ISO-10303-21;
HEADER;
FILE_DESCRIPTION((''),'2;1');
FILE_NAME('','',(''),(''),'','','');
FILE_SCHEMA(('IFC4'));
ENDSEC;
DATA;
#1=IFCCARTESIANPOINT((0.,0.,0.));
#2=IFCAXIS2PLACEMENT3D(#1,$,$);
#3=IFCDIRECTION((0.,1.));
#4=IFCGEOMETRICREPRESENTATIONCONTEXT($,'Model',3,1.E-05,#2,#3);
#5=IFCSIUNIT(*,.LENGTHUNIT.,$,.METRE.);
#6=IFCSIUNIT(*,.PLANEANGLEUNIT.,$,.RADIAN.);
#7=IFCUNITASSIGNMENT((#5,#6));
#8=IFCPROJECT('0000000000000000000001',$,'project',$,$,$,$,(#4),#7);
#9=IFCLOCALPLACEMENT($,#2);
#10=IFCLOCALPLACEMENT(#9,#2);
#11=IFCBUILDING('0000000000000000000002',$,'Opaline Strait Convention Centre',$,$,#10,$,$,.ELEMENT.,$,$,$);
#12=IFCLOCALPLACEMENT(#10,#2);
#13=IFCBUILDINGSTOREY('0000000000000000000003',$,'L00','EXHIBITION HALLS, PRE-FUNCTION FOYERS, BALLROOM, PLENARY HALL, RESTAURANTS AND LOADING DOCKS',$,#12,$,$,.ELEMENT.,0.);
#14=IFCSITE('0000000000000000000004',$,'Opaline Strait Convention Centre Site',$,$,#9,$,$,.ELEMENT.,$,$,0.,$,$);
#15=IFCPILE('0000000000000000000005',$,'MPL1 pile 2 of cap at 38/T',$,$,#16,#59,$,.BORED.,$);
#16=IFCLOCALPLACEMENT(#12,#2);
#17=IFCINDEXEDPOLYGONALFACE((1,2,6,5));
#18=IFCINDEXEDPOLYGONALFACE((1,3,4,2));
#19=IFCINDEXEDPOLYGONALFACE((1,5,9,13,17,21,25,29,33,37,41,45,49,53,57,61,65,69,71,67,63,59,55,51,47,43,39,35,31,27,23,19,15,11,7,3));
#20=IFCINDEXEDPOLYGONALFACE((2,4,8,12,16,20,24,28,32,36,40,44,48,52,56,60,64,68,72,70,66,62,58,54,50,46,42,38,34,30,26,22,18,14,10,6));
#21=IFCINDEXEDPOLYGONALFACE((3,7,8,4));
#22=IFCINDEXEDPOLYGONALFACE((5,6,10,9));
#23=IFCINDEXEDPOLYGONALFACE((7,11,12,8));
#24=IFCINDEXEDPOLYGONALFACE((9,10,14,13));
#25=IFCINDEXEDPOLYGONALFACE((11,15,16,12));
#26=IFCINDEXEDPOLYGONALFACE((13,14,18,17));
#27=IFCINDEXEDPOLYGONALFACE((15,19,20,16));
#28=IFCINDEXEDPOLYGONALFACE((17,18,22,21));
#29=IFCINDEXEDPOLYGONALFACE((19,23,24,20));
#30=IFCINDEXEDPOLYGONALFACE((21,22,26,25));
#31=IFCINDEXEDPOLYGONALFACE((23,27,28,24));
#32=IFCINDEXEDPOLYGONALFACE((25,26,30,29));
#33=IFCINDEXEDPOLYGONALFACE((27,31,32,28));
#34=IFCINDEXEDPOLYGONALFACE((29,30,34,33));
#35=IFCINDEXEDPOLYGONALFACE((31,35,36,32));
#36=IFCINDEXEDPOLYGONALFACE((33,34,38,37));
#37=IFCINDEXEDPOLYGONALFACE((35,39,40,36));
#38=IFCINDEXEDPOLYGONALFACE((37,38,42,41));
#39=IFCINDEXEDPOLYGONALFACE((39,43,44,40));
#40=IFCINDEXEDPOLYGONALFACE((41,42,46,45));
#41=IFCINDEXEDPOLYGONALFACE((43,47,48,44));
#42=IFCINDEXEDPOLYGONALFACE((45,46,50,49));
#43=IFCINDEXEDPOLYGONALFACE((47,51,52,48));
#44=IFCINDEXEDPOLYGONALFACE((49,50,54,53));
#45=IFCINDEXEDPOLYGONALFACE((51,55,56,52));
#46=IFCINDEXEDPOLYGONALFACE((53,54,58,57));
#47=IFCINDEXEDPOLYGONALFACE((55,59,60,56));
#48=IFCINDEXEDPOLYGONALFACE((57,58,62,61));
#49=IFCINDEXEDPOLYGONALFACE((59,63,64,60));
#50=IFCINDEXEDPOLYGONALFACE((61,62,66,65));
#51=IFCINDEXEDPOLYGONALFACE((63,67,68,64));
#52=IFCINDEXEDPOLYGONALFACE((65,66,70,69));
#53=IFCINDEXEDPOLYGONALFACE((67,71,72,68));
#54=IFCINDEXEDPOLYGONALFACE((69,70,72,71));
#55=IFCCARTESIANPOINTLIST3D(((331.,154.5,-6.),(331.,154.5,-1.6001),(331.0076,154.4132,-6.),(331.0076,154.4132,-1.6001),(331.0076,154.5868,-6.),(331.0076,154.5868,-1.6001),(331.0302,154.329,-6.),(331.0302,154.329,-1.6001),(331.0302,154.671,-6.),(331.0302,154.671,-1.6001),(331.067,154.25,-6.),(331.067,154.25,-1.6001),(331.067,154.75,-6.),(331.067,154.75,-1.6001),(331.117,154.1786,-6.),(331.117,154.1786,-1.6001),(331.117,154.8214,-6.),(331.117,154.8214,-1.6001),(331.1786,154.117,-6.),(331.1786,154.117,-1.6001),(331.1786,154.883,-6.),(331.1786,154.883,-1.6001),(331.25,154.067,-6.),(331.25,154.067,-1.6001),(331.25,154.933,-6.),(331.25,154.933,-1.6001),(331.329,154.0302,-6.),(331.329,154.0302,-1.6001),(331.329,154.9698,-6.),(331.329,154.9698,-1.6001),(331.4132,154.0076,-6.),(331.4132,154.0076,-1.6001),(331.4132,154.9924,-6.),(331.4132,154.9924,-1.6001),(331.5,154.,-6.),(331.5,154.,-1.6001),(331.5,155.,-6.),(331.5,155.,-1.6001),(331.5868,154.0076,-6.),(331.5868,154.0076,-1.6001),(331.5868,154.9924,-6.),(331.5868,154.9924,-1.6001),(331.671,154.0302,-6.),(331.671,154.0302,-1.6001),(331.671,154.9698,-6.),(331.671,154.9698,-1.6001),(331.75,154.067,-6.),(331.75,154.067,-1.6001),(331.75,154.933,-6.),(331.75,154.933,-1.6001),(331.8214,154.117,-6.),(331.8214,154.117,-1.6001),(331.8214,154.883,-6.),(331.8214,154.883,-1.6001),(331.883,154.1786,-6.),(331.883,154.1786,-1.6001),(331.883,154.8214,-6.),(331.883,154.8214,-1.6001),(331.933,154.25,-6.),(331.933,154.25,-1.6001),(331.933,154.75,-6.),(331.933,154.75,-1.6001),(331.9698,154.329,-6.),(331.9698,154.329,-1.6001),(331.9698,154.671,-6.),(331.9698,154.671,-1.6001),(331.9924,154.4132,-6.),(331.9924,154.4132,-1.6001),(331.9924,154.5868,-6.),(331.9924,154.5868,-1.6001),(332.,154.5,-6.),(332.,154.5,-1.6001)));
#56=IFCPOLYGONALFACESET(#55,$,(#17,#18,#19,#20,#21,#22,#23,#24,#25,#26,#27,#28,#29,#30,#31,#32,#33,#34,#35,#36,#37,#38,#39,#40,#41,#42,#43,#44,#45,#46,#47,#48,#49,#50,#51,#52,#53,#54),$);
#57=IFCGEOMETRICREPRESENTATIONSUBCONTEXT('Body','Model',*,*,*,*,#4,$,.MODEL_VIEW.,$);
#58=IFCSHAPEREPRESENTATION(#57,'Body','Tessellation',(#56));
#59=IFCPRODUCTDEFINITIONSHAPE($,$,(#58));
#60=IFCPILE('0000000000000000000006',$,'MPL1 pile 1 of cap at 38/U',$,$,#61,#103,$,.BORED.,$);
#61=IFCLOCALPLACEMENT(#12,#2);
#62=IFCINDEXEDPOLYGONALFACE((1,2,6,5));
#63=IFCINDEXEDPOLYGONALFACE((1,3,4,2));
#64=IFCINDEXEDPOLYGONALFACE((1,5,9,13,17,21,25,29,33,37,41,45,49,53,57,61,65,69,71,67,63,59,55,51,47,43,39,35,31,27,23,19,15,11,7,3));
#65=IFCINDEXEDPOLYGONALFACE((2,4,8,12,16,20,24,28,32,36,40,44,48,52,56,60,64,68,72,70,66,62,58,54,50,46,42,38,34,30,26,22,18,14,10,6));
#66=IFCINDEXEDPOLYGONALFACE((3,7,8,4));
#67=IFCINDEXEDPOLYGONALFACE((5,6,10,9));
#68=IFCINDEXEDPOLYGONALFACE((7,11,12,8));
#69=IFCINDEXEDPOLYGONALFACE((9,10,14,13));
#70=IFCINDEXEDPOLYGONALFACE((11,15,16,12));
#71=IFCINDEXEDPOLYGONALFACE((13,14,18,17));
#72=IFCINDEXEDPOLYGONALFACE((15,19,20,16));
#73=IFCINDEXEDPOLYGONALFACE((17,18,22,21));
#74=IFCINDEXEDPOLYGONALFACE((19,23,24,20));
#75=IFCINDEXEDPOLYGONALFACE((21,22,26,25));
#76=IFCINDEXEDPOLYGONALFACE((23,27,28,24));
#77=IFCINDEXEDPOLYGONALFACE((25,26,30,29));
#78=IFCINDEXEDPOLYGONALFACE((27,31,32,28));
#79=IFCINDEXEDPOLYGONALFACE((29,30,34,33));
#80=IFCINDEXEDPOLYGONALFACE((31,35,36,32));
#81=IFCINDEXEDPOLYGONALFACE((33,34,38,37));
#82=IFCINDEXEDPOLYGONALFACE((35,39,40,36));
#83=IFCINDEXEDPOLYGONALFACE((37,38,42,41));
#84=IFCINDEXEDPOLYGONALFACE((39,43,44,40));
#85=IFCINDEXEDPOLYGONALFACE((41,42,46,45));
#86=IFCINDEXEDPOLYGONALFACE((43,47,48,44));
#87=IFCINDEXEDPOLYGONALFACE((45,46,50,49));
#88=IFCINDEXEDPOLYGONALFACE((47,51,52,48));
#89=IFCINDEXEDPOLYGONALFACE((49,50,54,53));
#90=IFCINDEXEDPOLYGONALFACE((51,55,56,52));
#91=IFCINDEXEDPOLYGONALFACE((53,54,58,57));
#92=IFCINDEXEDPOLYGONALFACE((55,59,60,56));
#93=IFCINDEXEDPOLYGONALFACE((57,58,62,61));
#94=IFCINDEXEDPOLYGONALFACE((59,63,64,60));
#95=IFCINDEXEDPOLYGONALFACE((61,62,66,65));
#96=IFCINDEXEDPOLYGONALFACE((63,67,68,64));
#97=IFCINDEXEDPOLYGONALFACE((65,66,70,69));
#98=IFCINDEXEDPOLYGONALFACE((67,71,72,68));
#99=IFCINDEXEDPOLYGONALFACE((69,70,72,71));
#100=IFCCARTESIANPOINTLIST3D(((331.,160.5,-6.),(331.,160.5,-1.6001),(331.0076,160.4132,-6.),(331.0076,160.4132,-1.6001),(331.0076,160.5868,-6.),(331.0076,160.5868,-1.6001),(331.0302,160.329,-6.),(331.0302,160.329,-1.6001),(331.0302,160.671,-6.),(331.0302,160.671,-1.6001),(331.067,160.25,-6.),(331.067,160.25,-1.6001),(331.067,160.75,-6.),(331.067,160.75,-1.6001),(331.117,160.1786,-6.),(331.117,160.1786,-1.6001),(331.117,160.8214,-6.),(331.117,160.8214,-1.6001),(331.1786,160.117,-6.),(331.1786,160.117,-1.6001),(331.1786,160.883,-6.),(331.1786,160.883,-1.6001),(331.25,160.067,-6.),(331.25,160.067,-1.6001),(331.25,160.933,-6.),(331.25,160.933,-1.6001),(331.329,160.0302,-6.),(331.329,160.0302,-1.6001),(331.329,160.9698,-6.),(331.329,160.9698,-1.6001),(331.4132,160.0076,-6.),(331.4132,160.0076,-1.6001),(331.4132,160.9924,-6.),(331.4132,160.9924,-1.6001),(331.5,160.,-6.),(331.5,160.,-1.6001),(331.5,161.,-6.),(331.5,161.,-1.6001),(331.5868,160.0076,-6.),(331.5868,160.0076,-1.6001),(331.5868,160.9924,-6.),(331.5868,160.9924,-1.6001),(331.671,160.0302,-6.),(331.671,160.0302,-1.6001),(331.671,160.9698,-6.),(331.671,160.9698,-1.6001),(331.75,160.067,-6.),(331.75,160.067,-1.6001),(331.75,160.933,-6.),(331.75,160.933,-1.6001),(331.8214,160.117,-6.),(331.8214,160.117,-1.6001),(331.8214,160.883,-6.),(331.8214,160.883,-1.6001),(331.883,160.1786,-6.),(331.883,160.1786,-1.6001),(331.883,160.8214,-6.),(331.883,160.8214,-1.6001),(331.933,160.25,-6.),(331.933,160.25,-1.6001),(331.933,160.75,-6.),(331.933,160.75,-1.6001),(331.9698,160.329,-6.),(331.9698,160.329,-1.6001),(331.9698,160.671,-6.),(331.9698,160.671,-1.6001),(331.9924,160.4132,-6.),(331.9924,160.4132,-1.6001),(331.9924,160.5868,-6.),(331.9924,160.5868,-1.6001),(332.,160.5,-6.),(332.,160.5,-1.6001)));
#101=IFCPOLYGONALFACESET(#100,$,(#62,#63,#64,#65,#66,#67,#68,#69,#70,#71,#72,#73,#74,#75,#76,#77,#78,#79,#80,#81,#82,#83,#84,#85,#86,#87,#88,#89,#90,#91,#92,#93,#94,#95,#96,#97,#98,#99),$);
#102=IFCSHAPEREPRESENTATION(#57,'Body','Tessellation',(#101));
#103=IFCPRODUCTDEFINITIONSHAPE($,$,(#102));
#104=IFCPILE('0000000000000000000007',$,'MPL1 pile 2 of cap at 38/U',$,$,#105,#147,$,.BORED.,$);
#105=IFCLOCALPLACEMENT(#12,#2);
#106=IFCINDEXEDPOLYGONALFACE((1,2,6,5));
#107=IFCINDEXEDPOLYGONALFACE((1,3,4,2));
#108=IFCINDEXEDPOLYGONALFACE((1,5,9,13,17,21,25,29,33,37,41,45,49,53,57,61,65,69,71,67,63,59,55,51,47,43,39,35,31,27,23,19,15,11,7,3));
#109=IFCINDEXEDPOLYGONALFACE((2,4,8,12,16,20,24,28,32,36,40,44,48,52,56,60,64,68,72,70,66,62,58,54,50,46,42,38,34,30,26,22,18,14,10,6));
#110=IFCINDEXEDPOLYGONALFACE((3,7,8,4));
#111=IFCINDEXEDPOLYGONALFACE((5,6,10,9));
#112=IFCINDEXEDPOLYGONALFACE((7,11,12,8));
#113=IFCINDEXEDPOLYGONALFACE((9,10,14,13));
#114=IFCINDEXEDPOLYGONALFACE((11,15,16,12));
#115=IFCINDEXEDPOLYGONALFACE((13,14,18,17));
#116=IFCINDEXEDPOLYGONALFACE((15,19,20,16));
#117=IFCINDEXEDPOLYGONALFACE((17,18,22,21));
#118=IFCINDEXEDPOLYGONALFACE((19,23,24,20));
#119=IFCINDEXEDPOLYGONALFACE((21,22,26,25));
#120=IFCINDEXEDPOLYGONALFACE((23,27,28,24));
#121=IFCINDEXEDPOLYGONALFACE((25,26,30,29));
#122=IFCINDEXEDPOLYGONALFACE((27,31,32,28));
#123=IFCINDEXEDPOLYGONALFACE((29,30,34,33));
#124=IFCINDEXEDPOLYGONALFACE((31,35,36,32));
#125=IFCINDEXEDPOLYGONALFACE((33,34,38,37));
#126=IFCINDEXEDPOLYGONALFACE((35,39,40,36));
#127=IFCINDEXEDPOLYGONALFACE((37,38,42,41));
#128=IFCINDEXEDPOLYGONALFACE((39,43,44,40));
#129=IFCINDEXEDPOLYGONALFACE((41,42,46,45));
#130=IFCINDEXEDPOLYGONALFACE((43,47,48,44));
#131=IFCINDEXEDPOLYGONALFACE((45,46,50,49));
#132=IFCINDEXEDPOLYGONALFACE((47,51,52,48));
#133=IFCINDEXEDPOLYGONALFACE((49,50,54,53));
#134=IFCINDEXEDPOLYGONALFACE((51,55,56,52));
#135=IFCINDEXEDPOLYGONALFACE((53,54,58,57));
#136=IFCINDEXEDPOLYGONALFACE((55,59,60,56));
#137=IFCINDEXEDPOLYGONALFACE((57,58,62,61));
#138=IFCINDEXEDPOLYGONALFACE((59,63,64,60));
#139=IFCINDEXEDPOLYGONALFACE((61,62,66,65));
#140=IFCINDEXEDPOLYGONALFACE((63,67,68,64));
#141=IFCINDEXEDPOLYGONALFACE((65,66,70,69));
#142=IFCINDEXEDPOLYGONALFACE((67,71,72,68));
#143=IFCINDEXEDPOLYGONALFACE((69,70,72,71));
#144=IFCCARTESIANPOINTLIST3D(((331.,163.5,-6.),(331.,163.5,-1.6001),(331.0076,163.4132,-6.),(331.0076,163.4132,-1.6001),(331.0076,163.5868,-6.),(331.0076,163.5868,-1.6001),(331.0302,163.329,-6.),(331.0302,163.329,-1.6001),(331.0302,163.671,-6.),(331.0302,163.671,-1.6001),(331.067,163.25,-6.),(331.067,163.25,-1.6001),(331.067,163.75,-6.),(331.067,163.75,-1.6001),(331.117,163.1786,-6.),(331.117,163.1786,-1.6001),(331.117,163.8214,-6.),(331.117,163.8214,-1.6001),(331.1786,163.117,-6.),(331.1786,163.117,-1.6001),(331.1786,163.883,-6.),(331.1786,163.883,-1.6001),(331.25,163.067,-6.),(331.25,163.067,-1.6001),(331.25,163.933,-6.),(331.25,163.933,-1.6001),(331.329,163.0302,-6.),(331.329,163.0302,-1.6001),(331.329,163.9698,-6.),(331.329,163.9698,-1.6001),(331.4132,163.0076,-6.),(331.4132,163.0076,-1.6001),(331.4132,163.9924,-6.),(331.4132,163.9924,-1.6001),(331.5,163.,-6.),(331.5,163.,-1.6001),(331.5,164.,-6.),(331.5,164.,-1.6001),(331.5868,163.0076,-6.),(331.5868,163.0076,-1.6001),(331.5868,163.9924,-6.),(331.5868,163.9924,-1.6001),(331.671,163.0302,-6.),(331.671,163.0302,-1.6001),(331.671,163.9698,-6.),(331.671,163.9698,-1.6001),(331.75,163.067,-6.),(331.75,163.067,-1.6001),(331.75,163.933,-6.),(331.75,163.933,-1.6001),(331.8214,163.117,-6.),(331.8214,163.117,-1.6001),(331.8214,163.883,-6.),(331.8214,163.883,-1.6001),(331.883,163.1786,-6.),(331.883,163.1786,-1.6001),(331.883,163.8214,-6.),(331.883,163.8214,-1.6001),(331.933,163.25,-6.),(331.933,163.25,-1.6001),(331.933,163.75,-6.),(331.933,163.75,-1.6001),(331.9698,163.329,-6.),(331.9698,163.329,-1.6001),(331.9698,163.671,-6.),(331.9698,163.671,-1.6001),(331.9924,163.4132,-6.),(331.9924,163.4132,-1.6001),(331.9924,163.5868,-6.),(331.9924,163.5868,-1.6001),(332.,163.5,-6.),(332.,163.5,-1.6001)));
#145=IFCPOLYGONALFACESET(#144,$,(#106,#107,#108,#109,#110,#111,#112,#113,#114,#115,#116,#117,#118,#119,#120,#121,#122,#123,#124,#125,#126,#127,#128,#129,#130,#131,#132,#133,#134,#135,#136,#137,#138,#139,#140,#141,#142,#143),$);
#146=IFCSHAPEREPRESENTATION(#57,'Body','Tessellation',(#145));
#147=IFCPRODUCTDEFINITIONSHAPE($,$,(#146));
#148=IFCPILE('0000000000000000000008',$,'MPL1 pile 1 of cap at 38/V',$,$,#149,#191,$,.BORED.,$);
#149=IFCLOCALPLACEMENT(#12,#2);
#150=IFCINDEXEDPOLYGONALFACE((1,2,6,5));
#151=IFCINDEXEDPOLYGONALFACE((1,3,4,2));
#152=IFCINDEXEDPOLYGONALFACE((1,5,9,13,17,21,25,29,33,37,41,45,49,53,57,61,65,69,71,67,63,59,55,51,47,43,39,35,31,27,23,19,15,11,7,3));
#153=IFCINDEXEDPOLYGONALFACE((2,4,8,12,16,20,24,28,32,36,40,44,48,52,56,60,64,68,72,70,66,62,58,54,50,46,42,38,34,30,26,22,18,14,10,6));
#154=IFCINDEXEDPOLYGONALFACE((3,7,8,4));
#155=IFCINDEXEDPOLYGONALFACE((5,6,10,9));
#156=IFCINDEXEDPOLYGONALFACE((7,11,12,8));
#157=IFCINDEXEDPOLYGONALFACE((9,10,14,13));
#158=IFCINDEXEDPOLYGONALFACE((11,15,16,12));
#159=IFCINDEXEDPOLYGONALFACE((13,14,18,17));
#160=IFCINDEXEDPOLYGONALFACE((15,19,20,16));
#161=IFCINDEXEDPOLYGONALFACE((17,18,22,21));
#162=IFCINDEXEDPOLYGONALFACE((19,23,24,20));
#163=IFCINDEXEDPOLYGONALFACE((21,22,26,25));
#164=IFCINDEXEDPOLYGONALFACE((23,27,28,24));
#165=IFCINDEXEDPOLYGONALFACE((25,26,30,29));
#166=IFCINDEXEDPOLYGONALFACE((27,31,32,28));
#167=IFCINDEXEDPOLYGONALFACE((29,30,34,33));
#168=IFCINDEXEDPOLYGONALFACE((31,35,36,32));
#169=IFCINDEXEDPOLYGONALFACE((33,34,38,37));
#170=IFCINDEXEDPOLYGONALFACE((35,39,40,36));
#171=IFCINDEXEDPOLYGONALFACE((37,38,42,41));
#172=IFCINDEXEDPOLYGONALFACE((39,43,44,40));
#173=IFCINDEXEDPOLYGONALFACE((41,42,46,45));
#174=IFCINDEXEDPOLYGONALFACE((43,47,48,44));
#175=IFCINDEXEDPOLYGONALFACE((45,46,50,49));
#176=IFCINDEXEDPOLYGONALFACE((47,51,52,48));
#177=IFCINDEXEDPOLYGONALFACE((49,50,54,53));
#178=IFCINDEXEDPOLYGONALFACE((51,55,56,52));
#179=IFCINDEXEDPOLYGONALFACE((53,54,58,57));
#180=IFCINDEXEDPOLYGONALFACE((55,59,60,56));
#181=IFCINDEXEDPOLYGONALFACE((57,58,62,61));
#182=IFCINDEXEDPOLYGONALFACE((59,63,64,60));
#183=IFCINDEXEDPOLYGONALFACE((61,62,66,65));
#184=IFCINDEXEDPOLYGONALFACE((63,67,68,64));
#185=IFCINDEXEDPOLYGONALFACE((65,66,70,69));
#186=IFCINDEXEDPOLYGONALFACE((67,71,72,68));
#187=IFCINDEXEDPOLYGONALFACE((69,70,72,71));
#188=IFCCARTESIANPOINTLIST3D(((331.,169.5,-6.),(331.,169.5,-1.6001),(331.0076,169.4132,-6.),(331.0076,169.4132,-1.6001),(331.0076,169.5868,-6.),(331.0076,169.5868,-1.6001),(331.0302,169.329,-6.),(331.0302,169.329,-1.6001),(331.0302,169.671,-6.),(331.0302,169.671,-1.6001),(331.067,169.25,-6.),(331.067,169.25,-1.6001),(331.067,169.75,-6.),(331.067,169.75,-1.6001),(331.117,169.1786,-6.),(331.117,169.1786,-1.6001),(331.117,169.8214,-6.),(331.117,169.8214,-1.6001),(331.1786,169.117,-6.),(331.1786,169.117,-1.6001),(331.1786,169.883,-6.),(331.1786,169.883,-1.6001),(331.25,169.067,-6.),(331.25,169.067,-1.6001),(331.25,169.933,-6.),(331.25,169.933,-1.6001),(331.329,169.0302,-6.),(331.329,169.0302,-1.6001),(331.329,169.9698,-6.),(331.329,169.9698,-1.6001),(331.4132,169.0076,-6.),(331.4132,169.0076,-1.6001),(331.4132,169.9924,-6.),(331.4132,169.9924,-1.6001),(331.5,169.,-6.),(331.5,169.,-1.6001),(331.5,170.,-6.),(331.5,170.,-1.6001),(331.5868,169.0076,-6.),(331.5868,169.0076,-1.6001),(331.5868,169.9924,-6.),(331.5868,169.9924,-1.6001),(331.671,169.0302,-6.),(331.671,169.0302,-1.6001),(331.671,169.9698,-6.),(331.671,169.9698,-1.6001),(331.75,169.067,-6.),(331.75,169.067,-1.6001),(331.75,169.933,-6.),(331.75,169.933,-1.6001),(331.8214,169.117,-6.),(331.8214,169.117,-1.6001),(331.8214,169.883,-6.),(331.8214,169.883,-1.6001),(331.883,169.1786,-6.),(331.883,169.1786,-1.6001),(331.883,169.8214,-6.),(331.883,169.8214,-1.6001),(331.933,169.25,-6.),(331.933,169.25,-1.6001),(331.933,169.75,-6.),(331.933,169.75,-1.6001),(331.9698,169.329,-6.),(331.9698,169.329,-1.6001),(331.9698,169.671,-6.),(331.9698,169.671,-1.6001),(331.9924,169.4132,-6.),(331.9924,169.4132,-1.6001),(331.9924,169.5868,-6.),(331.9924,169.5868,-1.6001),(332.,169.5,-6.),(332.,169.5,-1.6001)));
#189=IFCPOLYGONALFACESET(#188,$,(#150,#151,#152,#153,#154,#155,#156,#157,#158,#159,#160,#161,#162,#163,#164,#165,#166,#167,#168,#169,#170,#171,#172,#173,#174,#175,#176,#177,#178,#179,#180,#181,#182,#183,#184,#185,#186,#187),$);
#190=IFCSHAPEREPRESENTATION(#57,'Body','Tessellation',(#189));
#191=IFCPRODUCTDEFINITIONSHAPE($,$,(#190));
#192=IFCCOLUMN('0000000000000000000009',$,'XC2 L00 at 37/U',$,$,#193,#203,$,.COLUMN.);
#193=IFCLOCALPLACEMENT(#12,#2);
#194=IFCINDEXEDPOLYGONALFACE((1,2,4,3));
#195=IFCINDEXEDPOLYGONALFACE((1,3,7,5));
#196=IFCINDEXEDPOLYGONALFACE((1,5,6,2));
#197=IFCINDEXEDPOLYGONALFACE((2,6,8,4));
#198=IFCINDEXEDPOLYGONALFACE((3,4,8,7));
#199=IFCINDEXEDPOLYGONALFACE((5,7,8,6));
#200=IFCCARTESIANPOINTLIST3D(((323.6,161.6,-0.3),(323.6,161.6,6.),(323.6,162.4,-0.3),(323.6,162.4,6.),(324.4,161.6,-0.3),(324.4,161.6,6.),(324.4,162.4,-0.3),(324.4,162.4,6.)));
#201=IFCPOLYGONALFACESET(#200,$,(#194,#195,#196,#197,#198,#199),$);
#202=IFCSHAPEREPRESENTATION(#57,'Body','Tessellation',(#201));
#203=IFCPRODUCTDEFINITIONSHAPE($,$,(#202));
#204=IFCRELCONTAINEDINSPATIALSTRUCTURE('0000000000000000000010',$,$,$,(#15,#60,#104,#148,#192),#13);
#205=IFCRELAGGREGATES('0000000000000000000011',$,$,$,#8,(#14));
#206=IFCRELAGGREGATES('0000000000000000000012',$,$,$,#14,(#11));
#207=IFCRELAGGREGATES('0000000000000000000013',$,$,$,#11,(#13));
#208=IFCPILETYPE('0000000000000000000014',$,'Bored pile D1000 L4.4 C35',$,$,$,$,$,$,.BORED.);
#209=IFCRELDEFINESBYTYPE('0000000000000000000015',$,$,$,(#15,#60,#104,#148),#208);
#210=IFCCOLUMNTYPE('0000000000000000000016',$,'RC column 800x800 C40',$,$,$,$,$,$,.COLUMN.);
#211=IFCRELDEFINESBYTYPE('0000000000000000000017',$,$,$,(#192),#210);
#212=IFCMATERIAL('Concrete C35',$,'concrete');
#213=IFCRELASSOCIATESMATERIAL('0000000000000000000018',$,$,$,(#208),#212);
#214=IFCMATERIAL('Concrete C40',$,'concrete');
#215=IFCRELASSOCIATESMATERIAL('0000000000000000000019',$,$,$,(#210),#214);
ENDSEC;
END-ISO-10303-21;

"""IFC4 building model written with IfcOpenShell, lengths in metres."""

from ifc_helpers import new_model, si_unit, direction, frame, origin, origin_2d, place, context, subcontext, project, spatial, rectangle, circle, extrude, material, material_profile, profile_set, type_object, element, save


model = new_model("IFC4")

# Units and contexts
model_context = context("Model", 3, precision=1e-05, world=origin(), true_north=direction((0.0, 1.0)))
body_context = subcontext(model_context, "Body", "Model", "MODEL_VIEW")
ifc_project = project(units=[si_unit("LENGTHUNIT", "METRE"), si_unit("PLANEANGLEUNIT", "RADIAN")], contexts=[model_context])

# Site, building, storey
site_placement = place(None, origin())
site = spatial("IfcSite", under=ifc_project, at=site_placement, Name="Opaline Strait Convention Centre Site", CompositionType="ELEMENT", RefElevation=0.0)
building_placement = place(site_placement, origin())
building = spatial("IfcBuilding", under=site, at=building_placement, Name="Opaline Strait Convention Centre", CompositionType="ELEMENT")
storey_placement = place(building_placement, origin())
storey = spatial("IfcBuildingStorey", under=building, at=storey_placement, Name="L00", Description="EXHIBITION HALLS, PRE-FUNCTION FOYERS, BALLROOM, PLENARY HALL, RESTAURANTS AND LOADING DOCKS", CompositionType="ELEMENT", Elevation=0.0)

# Piles
ifc_material_1 = material(Name="Concrete C35", Category="concrete")
ifc_material_profile_1 = material_profile(ifc_material_1, circle(Radius=0.5, at=origin_2d()), Name="D1000")
ifc_profile_set_1 = profile_set([ifc_material_profile_1], Name="Concrete C35")
pile_type = type_object("IfcPileType", Name="Bored pile D1000 L4.4 C35", PredefinedType="BORED", material=ifc_profile_set_1)
for number, where, z_axis, x_axis, name in (
    (1, (331.5, 154.5, -1.6001), (0.0, 0.0, -1.0), (1.0, 0.0, 0.0), "MPL1 pile 2 of cap at 38/T"),
    (2, (331.5, 160.5, -1.6001), (0.0, 0.0, -1.0), (1.0, 0.0, 0.0), "MPL1 pile 1 of cap at 38/U"),
    (3, (331.5, 163.5, -1.6001), (0.0, 0.0, -1.0), (1.0, 0.0, 0.0), "MPL1 pile 2 of cap at 38/U"),
    (4, (331.5, 169.5, -1.6001), (0.0, 0.0, -1.0), (1.0, 0.0, 0.0), "MPL1 pile 1 of cap at 38/V"),
):
    element("IfcPile", number, at=place(storey_placement, frame(where, z_axis=z_axis, x_axis=x_axis)), inside=storey, type_object=pile_type, Name=name, PredefinedType="BORED", context=body_context, shape_type="SweptSolid", body=[
        extrude(circle(Radius=0.5, at=origin_2d()), origin(), (0.0, 0.0, 1.0), 4.3999),
    ])

# Column
ifc_material_2 = material(Name="Concrete C40", Category="concrete")
ifc_material_profile_2 = material_profile(ifc_material_2, rectangle(XDim=0.8, YDim=0.8, at=origin_2d()), Name="RC 800x800")
ifc_profile_set_2 = profile_set([ifc_material_profile_2], Name="Concrete C40")
column_type = type_object("IfcColumnType", Name="RC column 800x800 C40", PredefinedType="COLUMN", material=ifc_profile_set_2)
for number, where, z_axis, x_axis, name in (
    (5, (324.0, 162.0, -0.3), (0.0, 0.0, 1.0), (1.0, 0.0, 0.0), "XC2 L00 at 37/U"),
):
    element("IfcColumn", number, at=place(storey_placement, frame(where, z_axis=z_axis, x_axis=x_axis)), inside=storey, type_object=column_type, Name=name, PredefinedType="COLUMN", context=body_context, shape_type="SweptSolid", body=[
        extrude(rectangle(XDim=0.8, YDim=0.8, at=origin_2d()), origin(), (0.0, 0.0, 1.0), 6.3),
    ])

save(model, "model.ifc")
